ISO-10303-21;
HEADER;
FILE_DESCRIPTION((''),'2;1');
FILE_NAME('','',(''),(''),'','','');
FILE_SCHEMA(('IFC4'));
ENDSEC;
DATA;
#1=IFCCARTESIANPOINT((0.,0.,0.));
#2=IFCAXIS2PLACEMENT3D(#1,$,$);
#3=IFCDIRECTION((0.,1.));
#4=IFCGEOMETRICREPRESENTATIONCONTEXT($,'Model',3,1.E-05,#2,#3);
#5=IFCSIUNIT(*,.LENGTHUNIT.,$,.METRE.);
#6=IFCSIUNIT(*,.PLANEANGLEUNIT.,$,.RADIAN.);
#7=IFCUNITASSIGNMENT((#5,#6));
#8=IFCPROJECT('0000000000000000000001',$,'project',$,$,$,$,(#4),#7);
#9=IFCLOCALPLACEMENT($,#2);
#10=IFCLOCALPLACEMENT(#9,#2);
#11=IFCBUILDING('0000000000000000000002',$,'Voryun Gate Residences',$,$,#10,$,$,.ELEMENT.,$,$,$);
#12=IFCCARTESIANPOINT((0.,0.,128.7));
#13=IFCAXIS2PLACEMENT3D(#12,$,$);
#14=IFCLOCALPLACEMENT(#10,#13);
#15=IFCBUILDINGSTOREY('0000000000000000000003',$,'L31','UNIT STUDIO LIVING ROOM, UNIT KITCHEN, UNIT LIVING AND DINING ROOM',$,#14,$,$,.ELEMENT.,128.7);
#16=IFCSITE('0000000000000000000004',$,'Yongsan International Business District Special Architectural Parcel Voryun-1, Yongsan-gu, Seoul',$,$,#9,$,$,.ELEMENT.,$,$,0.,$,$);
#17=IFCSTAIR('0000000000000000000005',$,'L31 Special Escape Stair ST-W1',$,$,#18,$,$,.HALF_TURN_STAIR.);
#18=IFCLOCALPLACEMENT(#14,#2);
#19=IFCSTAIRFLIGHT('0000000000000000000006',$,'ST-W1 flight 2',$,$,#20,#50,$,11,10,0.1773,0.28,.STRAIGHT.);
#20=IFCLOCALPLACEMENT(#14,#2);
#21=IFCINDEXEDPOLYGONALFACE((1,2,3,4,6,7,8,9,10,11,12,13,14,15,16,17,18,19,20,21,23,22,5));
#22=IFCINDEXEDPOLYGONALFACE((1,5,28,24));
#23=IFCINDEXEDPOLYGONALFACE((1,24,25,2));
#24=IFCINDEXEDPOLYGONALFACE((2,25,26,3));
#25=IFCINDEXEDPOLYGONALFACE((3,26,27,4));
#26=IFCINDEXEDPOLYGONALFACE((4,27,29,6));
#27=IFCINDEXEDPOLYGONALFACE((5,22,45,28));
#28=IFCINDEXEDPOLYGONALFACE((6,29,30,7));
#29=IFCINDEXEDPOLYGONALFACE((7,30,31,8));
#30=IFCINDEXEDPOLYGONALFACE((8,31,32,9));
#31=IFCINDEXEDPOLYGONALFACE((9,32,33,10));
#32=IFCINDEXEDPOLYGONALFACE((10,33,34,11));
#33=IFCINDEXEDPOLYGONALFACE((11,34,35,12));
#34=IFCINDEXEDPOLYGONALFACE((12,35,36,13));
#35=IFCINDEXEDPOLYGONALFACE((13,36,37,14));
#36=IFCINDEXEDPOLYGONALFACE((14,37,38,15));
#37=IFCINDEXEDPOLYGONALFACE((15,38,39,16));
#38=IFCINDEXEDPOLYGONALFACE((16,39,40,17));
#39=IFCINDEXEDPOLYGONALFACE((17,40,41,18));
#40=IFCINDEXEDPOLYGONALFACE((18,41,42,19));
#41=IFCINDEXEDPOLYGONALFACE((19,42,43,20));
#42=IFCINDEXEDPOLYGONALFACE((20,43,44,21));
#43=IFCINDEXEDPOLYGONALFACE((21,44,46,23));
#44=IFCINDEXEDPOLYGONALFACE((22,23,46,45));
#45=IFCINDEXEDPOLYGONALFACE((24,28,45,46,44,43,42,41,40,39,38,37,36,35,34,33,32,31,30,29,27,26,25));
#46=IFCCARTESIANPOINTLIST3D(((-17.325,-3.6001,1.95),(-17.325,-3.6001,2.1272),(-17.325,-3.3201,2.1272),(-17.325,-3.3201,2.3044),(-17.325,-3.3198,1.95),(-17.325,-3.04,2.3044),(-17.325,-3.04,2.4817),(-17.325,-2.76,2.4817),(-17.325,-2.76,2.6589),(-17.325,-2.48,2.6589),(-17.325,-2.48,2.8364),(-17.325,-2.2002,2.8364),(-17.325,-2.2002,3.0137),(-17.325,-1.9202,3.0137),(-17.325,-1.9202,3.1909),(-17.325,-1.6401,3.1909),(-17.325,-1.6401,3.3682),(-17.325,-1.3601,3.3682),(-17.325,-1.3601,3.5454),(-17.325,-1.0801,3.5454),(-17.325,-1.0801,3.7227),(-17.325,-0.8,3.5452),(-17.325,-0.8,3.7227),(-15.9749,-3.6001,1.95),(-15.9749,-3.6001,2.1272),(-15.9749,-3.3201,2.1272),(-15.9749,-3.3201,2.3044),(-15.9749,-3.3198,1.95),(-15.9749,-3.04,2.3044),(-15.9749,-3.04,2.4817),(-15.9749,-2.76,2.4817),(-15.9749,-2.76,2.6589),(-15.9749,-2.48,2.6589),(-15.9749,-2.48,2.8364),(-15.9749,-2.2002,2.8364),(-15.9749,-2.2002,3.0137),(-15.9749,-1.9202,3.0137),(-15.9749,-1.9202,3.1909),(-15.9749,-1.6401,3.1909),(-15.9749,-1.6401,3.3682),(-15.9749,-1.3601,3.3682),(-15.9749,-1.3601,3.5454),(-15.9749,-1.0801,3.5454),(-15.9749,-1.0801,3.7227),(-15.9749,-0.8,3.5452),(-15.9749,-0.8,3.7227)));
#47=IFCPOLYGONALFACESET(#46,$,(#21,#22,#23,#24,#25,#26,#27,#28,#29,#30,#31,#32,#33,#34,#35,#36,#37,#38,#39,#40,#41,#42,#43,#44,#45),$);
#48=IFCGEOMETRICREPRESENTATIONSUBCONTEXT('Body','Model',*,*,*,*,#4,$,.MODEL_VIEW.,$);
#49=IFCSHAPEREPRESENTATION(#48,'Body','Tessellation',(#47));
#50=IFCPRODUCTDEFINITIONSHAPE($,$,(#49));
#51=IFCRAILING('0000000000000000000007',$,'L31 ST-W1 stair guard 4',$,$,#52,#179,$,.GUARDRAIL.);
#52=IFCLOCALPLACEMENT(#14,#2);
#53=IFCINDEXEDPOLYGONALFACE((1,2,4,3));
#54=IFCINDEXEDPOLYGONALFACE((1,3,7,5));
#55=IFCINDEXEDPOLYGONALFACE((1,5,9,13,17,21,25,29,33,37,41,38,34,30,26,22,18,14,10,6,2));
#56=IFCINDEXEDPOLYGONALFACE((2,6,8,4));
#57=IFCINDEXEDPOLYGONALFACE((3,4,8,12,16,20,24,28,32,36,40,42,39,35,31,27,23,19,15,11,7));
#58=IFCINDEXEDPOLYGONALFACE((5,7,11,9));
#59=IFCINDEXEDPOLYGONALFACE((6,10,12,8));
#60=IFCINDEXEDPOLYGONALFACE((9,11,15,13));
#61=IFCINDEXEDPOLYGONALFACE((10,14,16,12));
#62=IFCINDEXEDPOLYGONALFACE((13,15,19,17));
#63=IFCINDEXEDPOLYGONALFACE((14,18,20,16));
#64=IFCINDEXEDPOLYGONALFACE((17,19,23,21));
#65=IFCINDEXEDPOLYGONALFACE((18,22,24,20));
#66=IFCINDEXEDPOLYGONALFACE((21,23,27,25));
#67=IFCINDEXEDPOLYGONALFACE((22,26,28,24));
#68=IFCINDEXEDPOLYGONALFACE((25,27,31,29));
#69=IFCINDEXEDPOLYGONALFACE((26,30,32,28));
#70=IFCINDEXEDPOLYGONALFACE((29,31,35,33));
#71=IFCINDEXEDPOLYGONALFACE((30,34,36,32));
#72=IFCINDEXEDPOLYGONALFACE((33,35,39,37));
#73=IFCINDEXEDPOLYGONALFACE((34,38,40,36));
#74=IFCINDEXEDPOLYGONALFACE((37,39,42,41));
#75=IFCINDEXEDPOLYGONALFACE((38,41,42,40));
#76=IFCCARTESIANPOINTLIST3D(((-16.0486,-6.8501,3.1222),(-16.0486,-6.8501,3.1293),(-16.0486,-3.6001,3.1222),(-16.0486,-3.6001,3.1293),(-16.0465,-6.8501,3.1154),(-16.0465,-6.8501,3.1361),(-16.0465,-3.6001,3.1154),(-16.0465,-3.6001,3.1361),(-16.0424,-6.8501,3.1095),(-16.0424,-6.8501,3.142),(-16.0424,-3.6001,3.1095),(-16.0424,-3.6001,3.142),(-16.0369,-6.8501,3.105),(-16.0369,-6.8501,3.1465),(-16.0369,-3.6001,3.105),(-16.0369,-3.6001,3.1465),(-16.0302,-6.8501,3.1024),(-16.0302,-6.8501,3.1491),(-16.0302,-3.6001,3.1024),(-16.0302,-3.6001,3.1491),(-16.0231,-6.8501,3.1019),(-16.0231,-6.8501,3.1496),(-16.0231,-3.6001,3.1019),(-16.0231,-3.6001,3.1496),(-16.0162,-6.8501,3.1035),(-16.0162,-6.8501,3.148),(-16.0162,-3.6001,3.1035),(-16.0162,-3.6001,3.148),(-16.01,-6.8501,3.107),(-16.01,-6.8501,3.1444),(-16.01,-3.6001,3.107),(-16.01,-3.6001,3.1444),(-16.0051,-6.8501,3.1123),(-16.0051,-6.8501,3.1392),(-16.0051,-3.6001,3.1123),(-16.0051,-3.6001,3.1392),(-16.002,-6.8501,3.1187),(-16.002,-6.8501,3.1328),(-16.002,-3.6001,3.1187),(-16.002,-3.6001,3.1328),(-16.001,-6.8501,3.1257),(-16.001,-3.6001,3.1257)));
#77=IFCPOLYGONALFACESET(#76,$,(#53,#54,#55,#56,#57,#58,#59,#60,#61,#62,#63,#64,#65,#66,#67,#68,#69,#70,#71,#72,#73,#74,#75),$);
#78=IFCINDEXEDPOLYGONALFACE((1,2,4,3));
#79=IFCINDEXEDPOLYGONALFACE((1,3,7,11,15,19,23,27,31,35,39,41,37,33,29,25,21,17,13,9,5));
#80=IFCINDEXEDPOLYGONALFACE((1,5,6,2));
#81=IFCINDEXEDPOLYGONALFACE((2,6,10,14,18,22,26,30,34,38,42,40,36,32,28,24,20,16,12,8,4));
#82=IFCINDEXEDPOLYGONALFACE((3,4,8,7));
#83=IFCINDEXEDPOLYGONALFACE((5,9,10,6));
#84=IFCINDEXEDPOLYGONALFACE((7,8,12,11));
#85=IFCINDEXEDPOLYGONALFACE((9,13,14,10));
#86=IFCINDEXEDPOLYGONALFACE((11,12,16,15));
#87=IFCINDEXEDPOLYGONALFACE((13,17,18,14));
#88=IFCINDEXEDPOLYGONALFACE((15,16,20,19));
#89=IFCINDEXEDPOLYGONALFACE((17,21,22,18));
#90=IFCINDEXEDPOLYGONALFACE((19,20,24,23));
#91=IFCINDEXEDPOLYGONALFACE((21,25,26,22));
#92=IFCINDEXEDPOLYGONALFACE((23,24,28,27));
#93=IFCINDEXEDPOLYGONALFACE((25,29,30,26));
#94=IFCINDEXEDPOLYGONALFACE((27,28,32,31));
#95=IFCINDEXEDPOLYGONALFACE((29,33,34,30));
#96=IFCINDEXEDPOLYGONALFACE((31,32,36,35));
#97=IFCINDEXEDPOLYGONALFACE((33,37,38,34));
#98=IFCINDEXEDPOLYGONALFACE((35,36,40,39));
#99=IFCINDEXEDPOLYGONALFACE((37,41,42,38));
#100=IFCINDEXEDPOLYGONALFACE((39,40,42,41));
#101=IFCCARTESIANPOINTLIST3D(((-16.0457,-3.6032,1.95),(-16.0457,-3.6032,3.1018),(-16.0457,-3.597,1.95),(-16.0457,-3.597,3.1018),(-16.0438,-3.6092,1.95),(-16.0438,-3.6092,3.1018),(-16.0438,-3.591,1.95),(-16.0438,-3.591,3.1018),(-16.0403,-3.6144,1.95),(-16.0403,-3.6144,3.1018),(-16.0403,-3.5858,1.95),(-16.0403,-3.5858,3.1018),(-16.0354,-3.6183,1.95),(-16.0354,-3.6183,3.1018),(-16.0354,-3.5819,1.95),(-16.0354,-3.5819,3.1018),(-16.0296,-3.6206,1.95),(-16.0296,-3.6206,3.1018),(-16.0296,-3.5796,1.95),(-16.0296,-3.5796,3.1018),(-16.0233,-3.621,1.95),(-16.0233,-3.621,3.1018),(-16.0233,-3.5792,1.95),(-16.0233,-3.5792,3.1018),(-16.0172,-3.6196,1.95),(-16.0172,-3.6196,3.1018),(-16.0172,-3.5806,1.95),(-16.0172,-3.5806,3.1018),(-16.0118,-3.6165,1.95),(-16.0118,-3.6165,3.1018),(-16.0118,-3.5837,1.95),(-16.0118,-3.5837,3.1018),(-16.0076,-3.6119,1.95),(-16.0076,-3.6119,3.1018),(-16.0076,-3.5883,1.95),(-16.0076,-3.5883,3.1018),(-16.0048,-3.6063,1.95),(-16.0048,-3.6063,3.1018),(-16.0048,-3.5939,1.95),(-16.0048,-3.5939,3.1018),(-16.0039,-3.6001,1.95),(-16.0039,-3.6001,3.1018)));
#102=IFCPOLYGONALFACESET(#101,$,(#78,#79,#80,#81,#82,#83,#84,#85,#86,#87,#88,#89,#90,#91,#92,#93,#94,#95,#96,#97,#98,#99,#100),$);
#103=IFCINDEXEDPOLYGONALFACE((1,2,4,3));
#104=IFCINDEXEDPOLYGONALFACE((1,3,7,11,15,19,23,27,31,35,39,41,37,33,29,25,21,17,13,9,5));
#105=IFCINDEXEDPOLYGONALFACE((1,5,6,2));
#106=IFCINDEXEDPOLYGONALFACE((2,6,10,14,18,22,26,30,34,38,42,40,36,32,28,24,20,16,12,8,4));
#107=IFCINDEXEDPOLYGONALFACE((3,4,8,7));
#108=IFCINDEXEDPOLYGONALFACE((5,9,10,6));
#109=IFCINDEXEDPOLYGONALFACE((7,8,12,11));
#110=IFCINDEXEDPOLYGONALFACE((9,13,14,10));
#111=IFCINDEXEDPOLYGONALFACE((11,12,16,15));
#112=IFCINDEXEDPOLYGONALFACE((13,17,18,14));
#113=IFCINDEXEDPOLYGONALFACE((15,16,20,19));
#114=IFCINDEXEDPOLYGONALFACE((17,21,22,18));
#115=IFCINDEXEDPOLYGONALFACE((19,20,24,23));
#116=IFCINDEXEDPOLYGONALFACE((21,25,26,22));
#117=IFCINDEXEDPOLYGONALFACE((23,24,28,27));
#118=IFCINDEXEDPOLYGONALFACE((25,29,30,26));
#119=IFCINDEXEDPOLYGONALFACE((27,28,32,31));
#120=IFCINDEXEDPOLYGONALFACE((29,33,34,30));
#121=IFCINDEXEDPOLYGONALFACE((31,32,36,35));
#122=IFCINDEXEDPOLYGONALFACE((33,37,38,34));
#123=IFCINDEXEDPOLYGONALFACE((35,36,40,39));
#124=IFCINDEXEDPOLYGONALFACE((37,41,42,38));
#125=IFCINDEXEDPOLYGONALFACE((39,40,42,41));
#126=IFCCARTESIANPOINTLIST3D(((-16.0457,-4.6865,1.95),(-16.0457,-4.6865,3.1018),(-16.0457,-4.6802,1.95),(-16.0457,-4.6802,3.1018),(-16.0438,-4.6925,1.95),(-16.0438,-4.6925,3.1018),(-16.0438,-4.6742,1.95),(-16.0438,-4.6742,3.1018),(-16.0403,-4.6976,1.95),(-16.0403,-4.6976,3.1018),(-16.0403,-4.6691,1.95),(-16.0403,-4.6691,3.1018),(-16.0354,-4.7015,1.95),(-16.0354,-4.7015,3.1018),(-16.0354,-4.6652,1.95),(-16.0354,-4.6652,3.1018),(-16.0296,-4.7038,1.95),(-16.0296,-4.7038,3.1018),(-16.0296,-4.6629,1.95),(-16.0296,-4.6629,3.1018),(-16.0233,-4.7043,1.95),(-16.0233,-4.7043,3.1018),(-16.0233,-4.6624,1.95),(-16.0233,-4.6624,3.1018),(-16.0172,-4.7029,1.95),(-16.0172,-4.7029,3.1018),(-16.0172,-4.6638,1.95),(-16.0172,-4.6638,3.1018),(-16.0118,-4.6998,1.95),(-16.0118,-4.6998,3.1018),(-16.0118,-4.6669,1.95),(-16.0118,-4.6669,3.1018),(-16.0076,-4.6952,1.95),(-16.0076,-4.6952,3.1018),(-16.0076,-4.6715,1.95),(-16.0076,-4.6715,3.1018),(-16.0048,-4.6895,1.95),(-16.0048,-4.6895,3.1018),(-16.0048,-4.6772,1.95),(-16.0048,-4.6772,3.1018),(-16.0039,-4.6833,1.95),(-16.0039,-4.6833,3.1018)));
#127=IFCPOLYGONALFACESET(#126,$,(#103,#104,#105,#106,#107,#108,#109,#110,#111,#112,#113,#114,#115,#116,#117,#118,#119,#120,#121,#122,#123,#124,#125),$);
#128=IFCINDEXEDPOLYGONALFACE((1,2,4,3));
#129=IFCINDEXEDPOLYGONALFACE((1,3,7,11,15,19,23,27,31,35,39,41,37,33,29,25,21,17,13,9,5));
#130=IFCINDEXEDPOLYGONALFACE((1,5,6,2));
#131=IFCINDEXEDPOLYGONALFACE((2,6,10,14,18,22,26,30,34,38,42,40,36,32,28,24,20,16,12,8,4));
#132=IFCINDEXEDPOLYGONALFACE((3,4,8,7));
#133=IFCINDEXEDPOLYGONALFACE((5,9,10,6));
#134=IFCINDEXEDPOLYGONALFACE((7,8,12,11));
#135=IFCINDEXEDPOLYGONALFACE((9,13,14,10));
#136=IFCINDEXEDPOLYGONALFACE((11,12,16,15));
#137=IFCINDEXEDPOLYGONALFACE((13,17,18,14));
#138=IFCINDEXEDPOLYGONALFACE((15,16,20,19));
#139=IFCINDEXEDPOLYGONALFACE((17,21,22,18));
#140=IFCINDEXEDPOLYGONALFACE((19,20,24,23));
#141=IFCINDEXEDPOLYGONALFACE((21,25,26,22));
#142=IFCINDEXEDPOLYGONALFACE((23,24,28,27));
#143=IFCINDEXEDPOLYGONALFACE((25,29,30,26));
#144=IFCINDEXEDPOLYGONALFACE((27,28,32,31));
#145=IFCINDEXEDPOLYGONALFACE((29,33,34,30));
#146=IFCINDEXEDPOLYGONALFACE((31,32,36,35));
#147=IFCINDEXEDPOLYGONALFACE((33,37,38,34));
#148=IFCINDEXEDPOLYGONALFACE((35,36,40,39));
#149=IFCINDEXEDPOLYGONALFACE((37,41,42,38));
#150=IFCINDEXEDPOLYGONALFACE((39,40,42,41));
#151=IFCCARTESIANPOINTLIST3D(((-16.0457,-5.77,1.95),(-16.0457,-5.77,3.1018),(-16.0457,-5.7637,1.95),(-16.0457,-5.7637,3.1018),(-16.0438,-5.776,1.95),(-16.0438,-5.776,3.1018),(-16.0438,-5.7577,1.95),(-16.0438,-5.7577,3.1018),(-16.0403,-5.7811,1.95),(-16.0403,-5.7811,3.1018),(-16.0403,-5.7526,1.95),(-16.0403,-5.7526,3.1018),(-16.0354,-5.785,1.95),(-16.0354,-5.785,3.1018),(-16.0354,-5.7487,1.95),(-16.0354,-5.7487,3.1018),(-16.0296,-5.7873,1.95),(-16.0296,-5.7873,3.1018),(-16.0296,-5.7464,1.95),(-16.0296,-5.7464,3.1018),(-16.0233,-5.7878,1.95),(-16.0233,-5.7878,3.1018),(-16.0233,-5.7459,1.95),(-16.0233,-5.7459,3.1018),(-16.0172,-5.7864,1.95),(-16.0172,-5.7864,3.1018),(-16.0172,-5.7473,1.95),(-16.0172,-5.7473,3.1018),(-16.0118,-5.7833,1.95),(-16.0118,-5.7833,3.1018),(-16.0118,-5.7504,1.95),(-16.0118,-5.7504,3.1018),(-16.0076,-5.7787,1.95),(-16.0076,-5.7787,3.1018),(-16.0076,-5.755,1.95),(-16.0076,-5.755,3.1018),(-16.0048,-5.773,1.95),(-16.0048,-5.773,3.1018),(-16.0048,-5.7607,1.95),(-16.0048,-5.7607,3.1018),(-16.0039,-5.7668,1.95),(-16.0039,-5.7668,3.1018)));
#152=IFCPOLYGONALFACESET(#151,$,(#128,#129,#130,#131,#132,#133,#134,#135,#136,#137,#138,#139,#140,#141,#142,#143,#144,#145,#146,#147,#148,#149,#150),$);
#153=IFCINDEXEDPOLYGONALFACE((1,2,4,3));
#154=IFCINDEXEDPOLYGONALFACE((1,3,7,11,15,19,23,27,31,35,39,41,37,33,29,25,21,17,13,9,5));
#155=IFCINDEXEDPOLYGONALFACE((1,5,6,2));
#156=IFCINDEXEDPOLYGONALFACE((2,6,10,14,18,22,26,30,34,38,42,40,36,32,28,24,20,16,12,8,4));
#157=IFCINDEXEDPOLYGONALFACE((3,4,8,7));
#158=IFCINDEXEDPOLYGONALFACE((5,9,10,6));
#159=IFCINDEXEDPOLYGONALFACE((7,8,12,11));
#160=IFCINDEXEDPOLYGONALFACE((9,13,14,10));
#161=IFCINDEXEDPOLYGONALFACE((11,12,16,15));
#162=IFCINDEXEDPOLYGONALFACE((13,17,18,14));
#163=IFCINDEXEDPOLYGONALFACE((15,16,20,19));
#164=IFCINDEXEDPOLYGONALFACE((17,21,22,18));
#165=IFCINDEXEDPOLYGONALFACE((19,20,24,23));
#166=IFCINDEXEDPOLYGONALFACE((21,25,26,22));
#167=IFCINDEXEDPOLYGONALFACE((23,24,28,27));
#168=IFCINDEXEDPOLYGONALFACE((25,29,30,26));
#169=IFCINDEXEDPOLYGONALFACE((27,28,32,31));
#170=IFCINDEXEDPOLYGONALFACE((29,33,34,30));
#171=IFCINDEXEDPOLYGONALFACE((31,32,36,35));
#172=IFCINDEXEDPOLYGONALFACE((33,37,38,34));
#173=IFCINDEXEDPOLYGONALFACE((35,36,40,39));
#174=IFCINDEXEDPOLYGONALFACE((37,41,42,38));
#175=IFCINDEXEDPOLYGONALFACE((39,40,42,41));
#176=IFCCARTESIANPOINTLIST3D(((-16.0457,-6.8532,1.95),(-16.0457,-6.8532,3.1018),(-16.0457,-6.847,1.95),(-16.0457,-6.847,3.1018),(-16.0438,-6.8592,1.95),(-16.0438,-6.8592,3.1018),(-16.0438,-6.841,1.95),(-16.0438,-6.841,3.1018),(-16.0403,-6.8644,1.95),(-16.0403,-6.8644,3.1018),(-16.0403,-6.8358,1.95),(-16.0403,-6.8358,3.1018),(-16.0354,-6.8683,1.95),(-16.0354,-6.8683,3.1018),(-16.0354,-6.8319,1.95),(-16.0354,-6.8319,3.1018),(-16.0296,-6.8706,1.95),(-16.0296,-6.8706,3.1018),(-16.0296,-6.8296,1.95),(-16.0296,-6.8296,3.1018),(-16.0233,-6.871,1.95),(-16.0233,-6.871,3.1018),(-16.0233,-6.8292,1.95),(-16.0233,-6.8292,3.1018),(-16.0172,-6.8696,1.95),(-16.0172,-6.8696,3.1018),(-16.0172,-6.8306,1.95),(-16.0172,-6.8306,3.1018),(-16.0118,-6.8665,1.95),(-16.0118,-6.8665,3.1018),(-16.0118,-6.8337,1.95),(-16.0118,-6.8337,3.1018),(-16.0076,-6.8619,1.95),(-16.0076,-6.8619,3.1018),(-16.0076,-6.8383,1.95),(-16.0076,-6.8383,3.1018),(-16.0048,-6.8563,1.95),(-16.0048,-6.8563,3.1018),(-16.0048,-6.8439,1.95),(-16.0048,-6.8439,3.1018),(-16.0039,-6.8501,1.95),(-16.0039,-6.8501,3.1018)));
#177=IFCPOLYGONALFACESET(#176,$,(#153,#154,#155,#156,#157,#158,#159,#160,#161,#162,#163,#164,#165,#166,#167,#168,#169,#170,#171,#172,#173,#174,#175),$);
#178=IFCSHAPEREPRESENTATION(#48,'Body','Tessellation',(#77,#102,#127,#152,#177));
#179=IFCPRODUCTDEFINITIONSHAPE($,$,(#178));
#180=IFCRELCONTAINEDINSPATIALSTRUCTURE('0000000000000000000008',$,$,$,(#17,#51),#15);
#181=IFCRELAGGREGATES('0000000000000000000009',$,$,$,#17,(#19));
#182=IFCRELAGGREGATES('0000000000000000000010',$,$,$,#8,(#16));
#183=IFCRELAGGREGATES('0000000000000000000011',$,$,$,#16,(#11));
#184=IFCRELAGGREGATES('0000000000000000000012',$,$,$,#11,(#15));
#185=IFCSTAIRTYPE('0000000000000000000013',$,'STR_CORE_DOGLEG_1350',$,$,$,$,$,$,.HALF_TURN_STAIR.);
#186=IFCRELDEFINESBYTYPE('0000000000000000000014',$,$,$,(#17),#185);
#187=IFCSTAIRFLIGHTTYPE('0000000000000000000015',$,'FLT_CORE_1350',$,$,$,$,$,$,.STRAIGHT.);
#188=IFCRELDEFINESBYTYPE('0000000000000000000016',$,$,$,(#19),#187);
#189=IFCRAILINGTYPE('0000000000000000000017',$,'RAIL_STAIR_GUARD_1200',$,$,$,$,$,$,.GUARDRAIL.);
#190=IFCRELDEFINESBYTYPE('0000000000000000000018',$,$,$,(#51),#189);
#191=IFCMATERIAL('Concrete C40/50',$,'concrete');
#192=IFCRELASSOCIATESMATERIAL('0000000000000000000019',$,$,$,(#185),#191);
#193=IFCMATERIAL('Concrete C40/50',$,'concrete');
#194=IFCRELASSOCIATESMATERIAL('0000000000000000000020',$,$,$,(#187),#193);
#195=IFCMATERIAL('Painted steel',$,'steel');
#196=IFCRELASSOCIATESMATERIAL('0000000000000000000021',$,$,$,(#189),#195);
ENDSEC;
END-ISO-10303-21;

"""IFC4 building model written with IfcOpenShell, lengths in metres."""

from ifc_helpers import new_model, si_unit, direction, frame, origin, origin_2d, place, context, subcontext, project, spatial, polyline, circle, outline, extrude, material, type_object, element, aggregate, save


model = new_model("IFC4")

# Units and contexts
model_context = context("Model", 3, precision=1e-05, world=origin(), true_north=direction((0.0, 1.0)))
body_context = subcontext(model_context, "Body", "Model", "MODEL_VIEW")
ifc_project = project(units=[si_unit("LENGTHUNIT", "METRE"), si_unit("PLANEANGLEUNIT", "RADIAN")], contexts=[model_context])

# Site, building, storey
site_placement = place(None, origin())
site = spatial("IfcSite", under=ifc_project, at=site_placement, Name="Yongsan International Business District Special Architectural Parcel Voryun-1, Yongsan-gu, Seoul", CompositionType="ELEMENT", RefElevation=0.0)
building_placement = place(site_placement, origin())
building = spatial("IfcBuilding", under=site, at=building_placement, Name="Voryun Gate Residences", CompositionType="ELEMENT")
storey_placement = place(building_placement, frame((0.0, 0.0, 128.7)))
storey = spatial("IfcBuildingStorey", under=building, at=storey_placement, Name="L31", Description="UNIT STUDIO LIVING ROOM, UNIT KITCHEN, UNIT LIVING AND DINING ROOM", CompositionType="ELEMENT", Elevation=128.7)

# Stair, stair flight
ifc_material_1 = material(Name="Concrete C40/50", Category="concrete")
stair_type = type_object("IfcStairType", Name="STR_CORE_DOGLEG_1350", PredefinedType="HALF_TURN_STAIR", material=ifc_material_1)
stair_placement = place(storey_placement, origin())
stair = element("IfcStair", 1, at=stair_placement, inside=storey, type_object=stair_type, Name="L31 Special Escape Stair ST-W1", PredefinedType="HALF_TURN_STAIR")
ifc_material_2 = material(Name="Concrete C40/50", Category="concrete")
stair_flight_type = type_object("IfcStairFlightType", Name="FLT_CORE_1350", PredefinedType="STRAIGHT", material=ifc_material_2)
stair_flight_placement = place(storey_placement, frame((-16.6499, -3.6001, 1.95), z_axis=(0.0, 0.0, 1.0), x_axis=(0.0, 1.0, 0.0)))
stair_flight = element("IfcStairFlight", 2, at=stair_flight_placement, type_object=stair_flight_type, Name="ST-W1 flight 2", NumberOfRisers=11, NumberOfTreads=10, PredefinedType="STRAIGHT", RiserHeight=0.1773, TreadLength=0.28, context=body_context, shape_type="SweptSolid", body=[
    extrude(outline(polyline([(0.0, 0.0), (0.0, 0.1772), (0.28, 0.1772), (0.28, 0.3545), (0.5601, 0.3545), (0.5601, 0.5317), (0.8401, 0.5317), (0.8401, 0.709), (1.1201, 0.709), (1.1201, 0.8865), (1.3999, 0.8865), (1.3999, 1.0637), (1.6799, 1.0637), (1.6799, 1.241), (1.96, 1.241), (1.96, 1.4182), (2.24, 1.4182), (2.24, 1.5955), (2.52, 1.5955), (2.52, 1.7727), (2.8, 1.7727), (2.8, 1.95), (2.8, 1.5952), (0.2803, 0.0), (0.0, 0.0)])), frame((0.0, 0.675, 0.0), z_axis=(0.0, -1.0, 0.0), x_axis=(1.0, 0.0, 0.0)), (0.0, 0.0, 1.0), 1.3501),
])
aggregate(stair, [stair_flight])

# Railing
ifc_material_3 = material(Name="Painted steel", Category="steel")
railing_type_1 = type_object("IfcRailingType", Name="RAIL_STAIR_GUARD_1200", PredefinedType="GUARDRAIL", material=ifc_material_3)
railing_1_placement = place(storey_placement, frame((-16.0249, -3.6001, 1.95)))
element("IfcRailing", 3, at=railing_1_placement, inside=storey, type_object=railing_type_1, Name="L31 ST-W1 stair guard 4", PredefinedType="GUARDRAIL", context=body_context, shape_type="SweptSolid", body=[
    extrude(circle(Radius=0.0239, at=origin_2d()), frame((0.0, 0.0, 1.1758), z_axis=(0.0, -1.0, 0.0), x_axis=(1.0, 0.0, 0.0)), (0.0, 0.0, 1.0), 3.25),
    extrude(circle(Radius=0.021, at=origin_2d()), origin(), (0.0, 0.0, 1.0), 1.1519),
    extrude(circle(Radius=0.021, at=origin_2d()), frame((0.0, -1.0833, 0.0)), (0.0, 0.0, 1.0), 1.1519),
    extrude(circle(Radius=0.021, at=origin_2d()), frame((0.0, -2.1667, 0.0)), (0.0, 0.0, 1.0), 1.1519),
    extrude(circle(Radius=0.021, at=origin_2d()), frame((0.0, -3.25, 0.0)), (0.0, 0.0, 1.0), 1.1519),
])

save(model, "model.ifc")
